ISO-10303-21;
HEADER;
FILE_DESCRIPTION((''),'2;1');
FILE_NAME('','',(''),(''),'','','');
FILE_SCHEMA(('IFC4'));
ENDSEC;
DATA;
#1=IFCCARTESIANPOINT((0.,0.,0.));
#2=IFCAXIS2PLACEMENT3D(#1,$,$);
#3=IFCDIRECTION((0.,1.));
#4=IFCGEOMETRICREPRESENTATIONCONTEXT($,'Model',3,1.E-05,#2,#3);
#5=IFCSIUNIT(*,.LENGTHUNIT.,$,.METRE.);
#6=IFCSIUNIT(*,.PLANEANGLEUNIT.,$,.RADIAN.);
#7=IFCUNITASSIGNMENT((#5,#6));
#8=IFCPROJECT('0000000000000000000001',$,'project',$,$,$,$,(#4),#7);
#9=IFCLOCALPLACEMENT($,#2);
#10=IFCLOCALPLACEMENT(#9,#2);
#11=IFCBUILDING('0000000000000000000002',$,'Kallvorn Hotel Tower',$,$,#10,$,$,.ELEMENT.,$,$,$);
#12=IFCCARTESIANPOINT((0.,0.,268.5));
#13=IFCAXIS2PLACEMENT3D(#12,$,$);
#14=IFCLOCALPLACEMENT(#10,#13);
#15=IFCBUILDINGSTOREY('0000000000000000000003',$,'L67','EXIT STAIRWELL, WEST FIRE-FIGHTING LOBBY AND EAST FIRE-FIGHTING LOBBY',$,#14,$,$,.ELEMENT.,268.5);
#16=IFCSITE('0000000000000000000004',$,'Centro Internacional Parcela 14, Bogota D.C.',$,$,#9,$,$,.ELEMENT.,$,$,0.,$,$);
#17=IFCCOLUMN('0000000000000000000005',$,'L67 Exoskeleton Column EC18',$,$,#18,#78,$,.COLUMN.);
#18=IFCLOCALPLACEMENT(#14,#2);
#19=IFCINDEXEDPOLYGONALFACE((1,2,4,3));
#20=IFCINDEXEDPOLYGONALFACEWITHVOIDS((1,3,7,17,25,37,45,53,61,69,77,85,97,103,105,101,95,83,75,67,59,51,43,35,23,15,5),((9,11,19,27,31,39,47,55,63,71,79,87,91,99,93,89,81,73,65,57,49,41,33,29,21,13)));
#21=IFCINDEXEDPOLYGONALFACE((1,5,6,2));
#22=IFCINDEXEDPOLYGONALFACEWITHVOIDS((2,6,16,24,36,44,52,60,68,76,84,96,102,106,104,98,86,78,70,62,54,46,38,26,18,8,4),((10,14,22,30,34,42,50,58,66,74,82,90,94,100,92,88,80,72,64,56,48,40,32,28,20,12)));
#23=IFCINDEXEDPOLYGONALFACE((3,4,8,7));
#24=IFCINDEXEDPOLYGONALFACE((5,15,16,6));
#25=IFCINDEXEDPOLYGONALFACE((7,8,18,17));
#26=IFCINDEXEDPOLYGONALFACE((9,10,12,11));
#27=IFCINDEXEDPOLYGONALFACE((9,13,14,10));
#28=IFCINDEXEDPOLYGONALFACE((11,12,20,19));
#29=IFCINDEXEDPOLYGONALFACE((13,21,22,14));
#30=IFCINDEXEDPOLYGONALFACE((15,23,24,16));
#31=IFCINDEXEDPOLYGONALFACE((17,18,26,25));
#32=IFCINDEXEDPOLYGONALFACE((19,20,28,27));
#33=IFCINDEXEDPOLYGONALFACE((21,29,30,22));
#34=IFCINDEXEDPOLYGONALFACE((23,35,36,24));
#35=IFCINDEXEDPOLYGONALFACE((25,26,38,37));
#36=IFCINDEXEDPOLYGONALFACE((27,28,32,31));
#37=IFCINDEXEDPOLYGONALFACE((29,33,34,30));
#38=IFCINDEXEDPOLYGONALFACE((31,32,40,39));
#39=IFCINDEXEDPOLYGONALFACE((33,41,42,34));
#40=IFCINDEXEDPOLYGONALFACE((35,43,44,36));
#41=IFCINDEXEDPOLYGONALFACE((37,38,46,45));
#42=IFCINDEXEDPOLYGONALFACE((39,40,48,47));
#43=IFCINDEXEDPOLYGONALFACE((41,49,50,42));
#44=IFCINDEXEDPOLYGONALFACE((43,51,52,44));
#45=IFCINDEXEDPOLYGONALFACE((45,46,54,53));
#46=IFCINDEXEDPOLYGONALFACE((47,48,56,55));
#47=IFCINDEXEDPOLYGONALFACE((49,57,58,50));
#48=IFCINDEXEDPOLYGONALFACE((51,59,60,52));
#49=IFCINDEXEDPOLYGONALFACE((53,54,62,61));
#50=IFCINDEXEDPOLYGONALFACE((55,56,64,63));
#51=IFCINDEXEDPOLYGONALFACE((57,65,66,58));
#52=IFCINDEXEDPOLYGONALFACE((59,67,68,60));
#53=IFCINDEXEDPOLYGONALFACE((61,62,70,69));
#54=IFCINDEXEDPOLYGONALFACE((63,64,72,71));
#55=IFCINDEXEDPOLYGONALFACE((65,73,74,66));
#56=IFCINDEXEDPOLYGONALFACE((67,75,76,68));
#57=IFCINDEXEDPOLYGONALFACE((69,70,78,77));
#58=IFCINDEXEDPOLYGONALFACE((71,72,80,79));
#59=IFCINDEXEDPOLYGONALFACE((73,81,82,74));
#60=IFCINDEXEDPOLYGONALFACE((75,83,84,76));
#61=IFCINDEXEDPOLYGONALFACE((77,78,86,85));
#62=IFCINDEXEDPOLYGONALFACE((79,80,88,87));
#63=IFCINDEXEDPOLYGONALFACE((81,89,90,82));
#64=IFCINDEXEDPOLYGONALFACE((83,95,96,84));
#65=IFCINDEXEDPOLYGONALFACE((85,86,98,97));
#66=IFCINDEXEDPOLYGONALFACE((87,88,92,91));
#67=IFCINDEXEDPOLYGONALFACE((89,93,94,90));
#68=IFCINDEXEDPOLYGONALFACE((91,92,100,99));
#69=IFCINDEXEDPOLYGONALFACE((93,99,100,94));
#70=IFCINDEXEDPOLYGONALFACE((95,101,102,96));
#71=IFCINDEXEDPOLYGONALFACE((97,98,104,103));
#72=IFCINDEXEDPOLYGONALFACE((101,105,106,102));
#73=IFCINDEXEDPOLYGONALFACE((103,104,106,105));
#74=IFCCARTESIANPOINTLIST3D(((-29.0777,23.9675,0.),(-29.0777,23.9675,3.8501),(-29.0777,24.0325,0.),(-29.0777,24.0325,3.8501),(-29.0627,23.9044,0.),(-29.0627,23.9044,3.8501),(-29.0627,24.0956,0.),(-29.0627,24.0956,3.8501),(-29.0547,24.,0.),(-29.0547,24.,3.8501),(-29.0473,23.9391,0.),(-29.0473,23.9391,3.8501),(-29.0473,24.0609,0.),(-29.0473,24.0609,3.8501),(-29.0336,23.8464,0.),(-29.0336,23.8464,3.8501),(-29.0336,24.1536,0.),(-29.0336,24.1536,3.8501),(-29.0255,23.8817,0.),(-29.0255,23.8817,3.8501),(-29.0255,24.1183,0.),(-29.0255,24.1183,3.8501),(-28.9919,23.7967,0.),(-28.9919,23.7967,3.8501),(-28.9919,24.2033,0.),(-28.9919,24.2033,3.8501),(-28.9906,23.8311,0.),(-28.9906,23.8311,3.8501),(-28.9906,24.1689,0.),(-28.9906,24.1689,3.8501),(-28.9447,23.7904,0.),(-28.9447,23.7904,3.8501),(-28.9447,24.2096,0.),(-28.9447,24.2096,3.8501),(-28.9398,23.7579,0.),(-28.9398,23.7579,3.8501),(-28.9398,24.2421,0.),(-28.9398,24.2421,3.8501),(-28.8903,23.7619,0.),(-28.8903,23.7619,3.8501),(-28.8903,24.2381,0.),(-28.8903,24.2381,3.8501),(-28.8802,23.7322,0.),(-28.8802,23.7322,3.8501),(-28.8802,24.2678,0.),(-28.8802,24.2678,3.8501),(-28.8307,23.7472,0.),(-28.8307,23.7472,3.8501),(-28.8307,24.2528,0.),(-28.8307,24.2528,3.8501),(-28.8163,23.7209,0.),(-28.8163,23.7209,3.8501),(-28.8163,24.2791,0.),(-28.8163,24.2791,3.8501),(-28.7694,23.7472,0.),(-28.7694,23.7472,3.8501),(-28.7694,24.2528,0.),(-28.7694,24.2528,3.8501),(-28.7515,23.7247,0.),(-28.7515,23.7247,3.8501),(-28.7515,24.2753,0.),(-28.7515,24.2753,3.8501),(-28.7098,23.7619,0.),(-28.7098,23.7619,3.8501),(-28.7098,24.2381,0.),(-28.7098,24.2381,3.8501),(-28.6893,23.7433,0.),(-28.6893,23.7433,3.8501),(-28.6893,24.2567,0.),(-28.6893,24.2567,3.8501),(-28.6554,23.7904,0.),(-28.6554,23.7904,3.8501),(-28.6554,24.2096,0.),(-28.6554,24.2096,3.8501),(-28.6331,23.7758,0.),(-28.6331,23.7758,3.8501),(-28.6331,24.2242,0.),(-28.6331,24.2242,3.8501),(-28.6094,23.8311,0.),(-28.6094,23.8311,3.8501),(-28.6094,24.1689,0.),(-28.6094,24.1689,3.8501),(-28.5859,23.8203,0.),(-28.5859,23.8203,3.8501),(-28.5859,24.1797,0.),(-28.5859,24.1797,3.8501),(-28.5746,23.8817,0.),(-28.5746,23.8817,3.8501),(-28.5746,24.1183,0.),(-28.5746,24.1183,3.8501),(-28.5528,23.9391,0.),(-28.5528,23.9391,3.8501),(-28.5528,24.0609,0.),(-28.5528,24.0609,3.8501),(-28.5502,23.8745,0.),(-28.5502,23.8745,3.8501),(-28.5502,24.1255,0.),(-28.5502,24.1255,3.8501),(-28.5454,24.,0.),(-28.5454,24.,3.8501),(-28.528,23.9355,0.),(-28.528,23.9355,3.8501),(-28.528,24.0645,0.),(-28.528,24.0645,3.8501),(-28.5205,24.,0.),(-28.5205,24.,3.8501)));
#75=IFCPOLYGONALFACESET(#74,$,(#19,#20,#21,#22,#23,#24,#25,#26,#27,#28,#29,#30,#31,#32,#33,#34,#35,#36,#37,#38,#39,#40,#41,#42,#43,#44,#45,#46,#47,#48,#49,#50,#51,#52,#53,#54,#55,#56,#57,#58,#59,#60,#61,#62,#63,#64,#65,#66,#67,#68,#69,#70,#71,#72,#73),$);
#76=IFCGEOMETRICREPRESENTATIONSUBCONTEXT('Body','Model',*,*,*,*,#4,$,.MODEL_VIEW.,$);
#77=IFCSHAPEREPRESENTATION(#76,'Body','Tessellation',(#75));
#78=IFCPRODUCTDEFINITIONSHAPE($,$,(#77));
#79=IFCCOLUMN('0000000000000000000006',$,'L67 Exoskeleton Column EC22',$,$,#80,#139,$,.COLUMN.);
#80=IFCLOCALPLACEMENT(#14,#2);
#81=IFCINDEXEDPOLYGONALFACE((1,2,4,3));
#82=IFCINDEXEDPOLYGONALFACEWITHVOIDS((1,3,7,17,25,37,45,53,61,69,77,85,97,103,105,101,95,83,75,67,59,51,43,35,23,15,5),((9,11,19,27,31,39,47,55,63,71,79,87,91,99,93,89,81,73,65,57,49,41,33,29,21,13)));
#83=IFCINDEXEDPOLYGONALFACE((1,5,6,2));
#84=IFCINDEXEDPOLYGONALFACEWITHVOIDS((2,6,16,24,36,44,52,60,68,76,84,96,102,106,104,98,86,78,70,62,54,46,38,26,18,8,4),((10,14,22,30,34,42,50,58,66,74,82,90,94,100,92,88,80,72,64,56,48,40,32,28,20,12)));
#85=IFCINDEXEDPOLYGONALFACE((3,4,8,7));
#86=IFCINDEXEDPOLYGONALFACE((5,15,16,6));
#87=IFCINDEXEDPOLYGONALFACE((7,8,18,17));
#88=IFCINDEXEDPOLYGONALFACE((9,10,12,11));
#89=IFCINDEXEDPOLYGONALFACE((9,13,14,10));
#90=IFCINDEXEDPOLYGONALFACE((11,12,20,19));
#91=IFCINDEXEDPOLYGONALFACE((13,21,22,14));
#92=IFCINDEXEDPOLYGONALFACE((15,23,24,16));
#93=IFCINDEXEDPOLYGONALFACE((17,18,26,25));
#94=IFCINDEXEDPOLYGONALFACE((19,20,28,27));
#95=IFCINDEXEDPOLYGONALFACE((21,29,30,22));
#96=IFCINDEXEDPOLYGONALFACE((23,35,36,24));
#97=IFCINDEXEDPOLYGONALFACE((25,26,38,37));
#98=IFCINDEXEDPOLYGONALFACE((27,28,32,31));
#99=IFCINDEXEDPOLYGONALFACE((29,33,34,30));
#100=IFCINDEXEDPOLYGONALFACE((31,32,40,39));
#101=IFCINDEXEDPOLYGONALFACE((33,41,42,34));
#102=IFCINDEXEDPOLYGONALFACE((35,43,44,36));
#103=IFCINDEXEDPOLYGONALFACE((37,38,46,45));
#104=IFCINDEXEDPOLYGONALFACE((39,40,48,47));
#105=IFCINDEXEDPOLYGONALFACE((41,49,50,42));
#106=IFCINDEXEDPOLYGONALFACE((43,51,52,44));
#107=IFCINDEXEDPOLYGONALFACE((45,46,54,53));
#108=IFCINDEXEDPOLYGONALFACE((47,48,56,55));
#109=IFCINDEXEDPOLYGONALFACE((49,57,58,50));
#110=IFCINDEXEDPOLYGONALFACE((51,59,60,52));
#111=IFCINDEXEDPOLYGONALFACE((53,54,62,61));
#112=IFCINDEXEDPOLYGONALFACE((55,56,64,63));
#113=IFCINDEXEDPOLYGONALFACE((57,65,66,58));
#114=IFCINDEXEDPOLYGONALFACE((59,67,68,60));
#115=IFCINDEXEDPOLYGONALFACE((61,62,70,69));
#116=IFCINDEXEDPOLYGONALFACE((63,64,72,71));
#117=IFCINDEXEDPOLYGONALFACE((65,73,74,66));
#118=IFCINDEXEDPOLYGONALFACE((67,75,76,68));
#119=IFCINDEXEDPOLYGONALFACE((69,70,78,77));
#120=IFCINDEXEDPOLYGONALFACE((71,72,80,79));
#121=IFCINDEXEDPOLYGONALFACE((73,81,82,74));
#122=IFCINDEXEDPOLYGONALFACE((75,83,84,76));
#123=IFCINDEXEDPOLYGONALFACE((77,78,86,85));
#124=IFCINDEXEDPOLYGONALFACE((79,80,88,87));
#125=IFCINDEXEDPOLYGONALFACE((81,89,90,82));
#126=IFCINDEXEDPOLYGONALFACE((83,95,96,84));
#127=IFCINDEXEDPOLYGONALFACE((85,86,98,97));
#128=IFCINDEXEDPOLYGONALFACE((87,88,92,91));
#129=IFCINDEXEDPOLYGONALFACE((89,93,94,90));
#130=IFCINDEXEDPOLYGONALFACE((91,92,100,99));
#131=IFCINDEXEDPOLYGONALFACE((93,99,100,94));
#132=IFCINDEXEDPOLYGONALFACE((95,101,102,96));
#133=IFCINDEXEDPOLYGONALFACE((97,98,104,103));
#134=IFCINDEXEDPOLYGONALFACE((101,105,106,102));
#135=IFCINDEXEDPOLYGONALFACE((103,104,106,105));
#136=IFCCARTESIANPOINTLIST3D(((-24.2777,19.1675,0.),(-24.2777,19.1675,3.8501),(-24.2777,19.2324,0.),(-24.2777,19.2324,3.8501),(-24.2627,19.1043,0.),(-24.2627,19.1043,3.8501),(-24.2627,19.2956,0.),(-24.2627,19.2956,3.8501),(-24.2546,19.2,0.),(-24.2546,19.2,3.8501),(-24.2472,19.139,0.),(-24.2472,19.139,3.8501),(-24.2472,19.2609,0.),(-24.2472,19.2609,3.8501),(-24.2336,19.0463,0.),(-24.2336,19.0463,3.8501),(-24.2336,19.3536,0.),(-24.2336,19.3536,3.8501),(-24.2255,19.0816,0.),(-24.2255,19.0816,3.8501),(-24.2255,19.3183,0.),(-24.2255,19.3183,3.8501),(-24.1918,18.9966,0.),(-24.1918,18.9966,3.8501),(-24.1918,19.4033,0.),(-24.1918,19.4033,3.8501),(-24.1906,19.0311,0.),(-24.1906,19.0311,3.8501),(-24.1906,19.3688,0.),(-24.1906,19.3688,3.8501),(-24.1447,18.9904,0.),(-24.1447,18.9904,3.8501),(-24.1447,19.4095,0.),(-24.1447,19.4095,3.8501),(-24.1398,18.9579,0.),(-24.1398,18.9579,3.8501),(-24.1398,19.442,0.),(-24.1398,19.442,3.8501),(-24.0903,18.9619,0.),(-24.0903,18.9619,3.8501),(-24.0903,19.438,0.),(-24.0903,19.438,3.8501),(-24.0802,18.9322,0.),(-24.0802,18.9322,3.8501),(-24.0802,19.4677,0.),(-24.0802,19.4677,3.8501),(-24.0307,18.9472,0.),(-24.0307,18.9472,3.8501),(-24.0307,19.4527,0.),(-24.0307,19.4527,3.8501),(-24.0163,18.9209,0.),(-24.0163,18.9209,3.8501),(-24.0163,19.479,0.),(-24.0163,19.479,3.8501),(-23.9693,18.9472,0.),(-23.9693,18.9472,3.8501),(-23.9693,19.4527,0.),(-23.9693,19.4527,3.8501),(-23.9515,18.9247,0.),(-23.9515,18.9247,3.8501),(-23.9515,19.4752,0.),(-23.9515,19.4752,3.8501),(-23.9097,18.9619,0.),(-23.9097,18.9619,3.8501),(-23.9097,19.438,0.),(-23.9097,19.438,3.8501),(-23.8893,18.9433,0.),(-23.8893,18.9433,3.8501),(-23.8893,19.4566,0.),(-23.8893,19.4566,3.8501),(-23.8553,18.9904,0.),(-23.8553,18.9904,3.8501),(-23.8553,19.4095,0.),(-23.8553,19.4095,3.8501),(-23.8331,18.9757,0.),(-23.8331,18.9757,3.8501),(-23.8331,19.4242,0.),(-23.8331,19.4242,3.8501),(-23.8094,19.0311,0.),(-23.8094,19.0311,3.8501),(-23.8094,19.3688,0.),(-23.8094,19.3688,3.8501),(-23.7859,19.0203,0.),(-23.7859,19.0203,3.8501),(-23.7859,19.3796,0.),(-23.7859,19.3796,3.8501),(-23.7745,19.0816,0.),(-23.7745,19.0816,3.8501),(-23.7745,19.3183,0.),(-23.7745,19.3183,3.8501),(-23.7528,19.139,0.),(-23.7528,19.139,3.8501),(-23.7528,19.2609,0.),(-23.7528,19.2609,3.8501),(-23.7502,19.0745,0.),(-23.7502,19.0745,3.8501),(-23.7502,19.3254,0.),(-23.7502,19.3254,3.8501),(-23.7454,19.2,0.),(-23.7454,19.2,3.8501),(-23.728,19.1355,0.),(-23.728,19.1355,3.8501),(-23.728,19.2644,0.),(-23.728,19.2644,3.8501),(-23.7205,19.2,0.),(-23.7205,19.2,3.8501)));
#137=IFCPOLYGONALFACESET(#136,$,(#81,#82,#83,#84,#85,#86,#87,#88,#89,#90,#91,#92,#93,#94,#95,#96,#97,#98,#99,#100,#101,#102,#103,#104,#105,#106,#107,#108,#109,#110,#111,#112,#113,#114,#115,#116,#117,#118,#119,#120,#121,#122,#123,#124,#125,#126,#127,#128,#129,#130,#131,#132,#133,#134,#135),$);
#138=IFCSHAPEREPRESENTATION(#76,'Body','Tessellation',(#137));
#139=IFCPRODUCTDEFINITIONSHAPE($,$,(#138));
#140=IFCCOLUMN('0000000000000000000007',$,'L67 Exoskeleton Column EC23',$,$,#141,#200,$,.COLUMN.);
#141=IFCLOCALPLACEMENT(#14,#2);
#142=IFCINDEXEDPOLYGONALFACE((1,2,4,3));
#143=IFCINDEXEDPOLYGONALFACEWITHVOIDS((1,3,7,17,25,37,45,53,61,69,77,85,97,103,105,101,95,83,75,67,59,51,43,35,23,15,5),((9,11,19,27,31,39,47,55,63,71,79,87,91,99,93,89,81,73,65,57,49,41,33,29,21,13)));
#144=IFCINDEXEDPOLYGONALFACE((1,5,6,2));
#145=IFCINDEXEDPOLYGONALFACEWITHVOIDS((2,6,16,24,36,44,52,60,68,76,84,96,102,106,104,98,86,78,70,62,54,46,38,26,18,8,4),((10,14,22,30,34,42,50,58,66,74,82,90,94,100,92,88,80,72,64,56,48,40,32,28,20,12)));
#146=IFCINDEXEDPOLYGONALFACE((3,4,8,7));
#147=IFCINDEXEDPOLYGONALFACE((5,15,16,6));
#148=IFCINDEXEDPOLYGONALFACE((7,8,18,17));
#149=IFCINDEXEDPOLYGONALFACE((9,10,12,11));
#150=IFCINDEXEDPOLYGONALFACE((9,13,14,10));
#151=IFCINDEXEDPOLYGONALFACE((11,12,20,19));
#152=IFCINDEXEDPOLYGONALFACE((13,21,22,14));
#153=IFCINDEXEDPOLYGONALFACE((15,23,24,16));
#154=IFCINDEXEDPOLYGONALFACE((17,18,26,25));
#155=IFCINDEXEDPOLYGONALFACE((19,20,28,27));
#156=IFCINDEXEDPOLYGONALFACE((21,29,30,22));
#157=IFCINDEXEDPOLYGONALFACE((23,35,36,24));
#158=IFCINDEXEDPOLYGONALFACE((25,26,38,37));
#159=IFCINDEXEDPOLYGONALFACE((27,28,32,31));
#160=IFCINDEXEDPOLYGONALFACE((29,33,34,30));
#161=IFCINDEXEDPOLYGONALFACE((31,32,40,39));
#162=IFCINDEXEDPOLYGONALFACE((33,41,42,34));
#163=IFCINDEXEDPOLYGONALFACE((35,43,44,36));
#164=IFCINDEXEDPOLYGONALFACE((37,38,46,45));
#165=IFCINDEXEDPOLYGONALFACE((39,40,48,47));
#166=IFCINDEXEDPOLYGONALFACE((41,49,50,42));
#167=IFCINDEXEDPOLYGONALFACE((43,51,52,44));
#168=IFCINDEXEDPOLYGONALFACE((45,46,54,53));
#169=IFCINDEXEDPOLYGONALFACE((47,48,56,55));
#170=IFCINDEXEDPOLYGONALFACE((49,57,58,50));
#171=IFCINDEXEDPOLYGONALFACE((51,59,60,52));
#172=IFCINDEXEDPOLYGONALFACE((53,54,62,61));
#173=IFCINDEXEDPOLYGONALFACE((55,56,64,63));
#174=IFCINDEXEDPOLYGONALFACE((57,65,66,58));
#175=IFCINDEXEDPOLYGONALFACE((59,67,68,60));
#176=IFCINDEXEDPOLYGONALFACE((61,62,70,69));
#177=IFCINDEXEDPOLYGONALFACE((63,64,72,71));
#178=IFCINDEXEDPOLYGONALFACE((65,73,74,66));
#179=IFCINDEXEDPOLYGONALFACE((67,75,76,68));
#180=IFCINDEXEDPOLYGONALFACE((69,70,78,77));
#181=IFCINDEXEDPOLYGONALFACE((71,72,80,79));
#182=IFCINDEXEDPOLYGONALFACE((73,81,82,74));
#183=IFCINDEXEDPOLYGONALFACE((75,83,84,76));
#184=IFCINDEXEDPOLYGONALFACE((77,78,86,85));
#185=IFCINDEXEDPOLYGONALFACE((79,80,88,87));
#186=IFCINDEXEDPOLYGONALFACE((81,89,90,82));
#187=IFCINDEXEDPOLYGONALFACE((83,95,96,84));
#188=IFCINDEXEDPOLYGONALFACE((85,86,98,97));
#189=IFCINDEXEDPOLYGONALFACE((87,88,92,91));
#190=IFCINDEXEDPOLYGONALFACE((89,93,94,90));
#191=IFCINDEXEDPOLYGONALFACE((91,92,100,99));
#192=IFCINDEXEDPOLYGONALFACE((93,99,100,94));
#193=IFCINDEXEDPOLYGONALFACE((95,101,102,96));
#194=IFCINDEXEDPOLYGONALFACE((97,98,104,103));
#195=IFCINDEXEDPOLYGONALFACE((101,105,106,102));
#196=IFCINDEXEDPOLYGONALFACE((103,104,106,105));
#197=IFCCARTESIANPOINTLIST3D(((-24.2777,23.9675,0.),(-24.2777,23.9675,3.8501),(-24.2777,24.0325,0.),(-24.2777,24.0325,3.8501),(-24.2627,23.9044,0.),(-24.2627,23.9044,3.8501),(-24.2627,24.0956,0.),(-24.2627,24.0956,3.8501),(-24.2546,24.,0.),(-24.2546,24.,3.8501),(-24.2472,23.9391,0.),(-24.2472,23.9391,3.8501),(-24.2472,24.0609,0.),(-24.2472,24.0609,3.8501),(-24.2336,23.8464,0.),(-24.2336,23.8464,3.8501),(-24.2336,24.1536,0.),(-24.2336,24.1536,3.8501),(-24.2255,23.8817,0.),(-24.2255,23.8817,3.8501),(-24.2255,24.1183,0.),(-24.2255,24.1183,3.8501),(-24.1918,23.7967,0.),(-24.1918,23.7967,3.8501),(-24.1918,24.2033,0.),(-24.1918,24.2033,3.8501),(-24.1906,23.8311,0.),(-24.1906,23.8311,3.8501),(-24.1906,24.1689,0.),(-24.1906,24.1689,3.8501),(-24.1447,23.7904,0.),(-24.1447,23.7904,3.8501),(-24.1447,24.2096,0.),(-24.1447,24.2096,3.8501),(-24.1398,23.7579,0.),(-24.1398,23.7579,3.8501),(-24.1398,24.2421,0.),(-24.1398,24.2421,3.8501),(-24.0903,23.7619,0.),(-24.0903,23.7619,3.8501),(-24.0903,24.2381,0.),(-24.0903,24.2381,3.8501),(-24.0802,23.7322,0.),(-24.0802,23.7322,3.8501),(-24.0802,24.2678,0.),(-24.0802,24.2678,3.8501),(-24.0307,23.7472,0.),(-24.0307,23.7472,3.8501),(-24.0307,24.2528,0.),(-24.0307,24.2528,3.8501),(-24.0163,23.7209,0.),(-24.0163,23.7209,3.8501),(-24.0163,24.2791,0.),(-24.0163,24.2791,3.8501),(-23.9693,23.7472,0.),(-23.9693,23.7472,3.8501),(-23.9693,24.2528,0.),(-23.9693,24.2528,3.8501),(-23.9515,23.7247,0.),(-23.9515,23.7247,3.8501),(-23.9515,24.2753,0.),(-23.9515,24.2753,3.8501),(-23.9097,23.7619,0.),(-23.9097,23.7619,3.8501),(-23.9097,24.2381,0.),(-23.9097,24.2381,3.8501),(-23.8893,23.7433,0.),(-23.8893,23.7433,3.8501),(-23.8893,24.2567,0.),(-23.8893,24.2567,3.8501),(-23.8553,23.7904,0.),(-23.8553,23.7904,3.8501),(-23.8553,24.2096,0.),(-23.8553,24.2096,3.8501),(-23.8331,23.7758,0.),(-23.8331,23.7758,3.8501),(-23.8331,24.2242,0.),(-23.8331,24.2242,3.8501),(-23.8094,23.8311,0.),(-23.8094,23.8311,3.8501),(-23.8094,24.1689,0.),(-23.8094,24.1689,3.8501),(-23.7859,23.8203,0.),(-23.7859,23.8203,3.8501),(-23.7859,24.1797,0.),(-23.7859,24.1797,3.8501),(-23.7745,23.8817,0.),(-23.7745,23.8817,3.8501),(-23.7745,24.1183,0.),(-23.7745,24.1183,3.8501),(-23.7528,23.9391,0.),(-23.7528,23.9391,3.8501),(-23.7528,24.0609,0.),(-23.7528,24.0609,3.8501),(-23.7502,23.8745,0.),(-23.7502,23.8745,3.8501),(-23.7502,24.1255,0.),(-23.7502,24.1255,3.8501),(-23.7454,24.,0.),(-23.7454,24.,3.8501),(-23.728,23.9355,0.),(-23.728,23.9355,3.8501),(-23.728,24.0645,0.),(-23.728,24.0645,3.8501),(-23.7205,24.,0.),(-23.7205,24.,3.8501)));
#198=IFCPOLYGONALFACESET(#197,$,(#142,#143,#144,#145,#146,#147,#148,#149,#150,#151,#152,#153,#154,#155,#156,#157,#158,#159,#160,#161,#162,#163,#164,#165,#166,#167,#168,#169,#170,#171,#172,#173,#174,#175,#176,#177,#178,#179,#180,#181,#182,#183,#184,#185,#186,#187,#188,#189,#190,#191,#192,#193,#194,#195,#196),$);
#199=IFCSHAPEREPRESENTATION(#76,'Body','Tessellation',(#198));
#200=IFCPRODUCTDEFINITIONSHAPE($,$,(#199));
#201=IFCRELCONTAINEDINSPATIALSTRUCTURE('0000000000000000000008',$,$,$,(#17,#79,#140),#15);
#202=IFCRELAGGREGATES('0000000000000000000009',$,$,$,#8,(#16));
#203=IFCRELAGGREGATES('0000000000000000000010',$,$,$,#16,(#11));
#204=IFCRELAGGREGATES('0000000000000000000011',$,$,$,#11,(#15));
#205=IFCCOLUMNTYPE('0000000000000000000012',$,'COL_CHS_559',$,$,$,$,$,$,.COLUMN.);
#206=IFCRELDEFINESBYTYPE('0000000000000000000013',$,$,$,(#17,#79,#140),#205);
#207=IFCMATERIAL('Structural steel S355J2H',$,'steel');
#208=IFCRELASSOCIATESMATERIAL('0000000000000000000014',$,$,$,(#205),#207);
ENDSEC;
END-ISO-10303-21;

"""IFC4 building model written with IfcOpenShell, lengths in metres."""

from ifc_helpers import new_model, si_unit, direction, frame, origin, origin_2d, place, context, subcontext, project, spatial, hollow_circle, extrude, material, material_profile, profile_set, type_object, element, save


model = new_model("IFC4")

# Units and contexts
model_context = context("Model", 3, precision=1e-05, world=origin(), true_north=direction((0.0, 1.0)))
body_context = subcontext(model_context, "Body", "Model", "MODEL_VIEW")
ifc_project = project(units=[si_unit("LENGTHUNIT", "METRE"), si_unit("PLANEANGLEUNIT", "RADIAN")], contexts=[model_context])

# Site, building, storey
site_placement = place(None, origin())
site = spatial("IfcSite", under=ifc_project, at=site_placement, Name="Centro Internacional Parcela 14, Bogota D.C.", CompositionType="ELEMENT", RefElevation=0.0)
building_placement = place(site_placement, origin())
building = spatial("IfcBuilding", under=site, at=building_placement, Name="Kallvorn Hotel Tower", CompositionType="ELEMENT")
storey_placement = place(building_placement, frame((0.0, 0.0, 268.5)))
storey = spatial("IfcBuildingStorey", under=building, at=storey_placement, Name="L67", Description="EXIT STAIRWELL, WEST FIRE-FIGHTING LOBBY AND EAST FIRE-FIGHTING LOBBY", CompositionType="ELEMENT", Elevation=268.5)

# Columns
ifc_material_1 = material(Name="Structural steel S355J2H", Category="steel")
ifc_material_profile_1 = material_profile(ifc_material_1, hollow_circle(Radius=0.2795, WallThickness=0.0249, at=origin_2d()), Name="CHS 559x25")
ifc_profile_set_1 = profile_set([ifc_material_profile_1], Name="Structural steel S355J2H")
column_type_1 = type_object("IfcColumnType", Name="COL_CHS_559", PredefinedType="COLUMN", material=ifc_profile_set_1)
for number, where, z_axis, x_axis, name in (
    (1, (-28.8, 24.0, 0.0), (0.0, 0.0, 1.0), (1.0, 0.0, 0.0), "L67 Exoskeleton Column EC18"),
    (2, (-24.0, 19.2, 0.0), (0.0, 0.0, 1.0), (1.0, 0.0, 0.0), "L67 Exoskeleton Column EC22"),
    (3, (-24.0, 24.0, 0.0), (0.0, 0.0, 1.0), (1.0, 0.0, 0.0), "L67 Exoskeleton Column EC23"),
):
    element("IfcColumn", number, at=place(storey_placement, frame(where, z_axis=z_axis, x_axis=x_axis)), inside=storey, type_object=column_type_1, Name=name, PredefinedType="COLUMN", context=body_context, shape_type="SweptSolid", body=[
        extrude(hollow_circle(Radius=0.2795, WallThickness=0.0249, at=origin_2d()), origin(), (0.0, 0.0, 1.0), 3.8501),
    ])

save(model, "model.ifc")
